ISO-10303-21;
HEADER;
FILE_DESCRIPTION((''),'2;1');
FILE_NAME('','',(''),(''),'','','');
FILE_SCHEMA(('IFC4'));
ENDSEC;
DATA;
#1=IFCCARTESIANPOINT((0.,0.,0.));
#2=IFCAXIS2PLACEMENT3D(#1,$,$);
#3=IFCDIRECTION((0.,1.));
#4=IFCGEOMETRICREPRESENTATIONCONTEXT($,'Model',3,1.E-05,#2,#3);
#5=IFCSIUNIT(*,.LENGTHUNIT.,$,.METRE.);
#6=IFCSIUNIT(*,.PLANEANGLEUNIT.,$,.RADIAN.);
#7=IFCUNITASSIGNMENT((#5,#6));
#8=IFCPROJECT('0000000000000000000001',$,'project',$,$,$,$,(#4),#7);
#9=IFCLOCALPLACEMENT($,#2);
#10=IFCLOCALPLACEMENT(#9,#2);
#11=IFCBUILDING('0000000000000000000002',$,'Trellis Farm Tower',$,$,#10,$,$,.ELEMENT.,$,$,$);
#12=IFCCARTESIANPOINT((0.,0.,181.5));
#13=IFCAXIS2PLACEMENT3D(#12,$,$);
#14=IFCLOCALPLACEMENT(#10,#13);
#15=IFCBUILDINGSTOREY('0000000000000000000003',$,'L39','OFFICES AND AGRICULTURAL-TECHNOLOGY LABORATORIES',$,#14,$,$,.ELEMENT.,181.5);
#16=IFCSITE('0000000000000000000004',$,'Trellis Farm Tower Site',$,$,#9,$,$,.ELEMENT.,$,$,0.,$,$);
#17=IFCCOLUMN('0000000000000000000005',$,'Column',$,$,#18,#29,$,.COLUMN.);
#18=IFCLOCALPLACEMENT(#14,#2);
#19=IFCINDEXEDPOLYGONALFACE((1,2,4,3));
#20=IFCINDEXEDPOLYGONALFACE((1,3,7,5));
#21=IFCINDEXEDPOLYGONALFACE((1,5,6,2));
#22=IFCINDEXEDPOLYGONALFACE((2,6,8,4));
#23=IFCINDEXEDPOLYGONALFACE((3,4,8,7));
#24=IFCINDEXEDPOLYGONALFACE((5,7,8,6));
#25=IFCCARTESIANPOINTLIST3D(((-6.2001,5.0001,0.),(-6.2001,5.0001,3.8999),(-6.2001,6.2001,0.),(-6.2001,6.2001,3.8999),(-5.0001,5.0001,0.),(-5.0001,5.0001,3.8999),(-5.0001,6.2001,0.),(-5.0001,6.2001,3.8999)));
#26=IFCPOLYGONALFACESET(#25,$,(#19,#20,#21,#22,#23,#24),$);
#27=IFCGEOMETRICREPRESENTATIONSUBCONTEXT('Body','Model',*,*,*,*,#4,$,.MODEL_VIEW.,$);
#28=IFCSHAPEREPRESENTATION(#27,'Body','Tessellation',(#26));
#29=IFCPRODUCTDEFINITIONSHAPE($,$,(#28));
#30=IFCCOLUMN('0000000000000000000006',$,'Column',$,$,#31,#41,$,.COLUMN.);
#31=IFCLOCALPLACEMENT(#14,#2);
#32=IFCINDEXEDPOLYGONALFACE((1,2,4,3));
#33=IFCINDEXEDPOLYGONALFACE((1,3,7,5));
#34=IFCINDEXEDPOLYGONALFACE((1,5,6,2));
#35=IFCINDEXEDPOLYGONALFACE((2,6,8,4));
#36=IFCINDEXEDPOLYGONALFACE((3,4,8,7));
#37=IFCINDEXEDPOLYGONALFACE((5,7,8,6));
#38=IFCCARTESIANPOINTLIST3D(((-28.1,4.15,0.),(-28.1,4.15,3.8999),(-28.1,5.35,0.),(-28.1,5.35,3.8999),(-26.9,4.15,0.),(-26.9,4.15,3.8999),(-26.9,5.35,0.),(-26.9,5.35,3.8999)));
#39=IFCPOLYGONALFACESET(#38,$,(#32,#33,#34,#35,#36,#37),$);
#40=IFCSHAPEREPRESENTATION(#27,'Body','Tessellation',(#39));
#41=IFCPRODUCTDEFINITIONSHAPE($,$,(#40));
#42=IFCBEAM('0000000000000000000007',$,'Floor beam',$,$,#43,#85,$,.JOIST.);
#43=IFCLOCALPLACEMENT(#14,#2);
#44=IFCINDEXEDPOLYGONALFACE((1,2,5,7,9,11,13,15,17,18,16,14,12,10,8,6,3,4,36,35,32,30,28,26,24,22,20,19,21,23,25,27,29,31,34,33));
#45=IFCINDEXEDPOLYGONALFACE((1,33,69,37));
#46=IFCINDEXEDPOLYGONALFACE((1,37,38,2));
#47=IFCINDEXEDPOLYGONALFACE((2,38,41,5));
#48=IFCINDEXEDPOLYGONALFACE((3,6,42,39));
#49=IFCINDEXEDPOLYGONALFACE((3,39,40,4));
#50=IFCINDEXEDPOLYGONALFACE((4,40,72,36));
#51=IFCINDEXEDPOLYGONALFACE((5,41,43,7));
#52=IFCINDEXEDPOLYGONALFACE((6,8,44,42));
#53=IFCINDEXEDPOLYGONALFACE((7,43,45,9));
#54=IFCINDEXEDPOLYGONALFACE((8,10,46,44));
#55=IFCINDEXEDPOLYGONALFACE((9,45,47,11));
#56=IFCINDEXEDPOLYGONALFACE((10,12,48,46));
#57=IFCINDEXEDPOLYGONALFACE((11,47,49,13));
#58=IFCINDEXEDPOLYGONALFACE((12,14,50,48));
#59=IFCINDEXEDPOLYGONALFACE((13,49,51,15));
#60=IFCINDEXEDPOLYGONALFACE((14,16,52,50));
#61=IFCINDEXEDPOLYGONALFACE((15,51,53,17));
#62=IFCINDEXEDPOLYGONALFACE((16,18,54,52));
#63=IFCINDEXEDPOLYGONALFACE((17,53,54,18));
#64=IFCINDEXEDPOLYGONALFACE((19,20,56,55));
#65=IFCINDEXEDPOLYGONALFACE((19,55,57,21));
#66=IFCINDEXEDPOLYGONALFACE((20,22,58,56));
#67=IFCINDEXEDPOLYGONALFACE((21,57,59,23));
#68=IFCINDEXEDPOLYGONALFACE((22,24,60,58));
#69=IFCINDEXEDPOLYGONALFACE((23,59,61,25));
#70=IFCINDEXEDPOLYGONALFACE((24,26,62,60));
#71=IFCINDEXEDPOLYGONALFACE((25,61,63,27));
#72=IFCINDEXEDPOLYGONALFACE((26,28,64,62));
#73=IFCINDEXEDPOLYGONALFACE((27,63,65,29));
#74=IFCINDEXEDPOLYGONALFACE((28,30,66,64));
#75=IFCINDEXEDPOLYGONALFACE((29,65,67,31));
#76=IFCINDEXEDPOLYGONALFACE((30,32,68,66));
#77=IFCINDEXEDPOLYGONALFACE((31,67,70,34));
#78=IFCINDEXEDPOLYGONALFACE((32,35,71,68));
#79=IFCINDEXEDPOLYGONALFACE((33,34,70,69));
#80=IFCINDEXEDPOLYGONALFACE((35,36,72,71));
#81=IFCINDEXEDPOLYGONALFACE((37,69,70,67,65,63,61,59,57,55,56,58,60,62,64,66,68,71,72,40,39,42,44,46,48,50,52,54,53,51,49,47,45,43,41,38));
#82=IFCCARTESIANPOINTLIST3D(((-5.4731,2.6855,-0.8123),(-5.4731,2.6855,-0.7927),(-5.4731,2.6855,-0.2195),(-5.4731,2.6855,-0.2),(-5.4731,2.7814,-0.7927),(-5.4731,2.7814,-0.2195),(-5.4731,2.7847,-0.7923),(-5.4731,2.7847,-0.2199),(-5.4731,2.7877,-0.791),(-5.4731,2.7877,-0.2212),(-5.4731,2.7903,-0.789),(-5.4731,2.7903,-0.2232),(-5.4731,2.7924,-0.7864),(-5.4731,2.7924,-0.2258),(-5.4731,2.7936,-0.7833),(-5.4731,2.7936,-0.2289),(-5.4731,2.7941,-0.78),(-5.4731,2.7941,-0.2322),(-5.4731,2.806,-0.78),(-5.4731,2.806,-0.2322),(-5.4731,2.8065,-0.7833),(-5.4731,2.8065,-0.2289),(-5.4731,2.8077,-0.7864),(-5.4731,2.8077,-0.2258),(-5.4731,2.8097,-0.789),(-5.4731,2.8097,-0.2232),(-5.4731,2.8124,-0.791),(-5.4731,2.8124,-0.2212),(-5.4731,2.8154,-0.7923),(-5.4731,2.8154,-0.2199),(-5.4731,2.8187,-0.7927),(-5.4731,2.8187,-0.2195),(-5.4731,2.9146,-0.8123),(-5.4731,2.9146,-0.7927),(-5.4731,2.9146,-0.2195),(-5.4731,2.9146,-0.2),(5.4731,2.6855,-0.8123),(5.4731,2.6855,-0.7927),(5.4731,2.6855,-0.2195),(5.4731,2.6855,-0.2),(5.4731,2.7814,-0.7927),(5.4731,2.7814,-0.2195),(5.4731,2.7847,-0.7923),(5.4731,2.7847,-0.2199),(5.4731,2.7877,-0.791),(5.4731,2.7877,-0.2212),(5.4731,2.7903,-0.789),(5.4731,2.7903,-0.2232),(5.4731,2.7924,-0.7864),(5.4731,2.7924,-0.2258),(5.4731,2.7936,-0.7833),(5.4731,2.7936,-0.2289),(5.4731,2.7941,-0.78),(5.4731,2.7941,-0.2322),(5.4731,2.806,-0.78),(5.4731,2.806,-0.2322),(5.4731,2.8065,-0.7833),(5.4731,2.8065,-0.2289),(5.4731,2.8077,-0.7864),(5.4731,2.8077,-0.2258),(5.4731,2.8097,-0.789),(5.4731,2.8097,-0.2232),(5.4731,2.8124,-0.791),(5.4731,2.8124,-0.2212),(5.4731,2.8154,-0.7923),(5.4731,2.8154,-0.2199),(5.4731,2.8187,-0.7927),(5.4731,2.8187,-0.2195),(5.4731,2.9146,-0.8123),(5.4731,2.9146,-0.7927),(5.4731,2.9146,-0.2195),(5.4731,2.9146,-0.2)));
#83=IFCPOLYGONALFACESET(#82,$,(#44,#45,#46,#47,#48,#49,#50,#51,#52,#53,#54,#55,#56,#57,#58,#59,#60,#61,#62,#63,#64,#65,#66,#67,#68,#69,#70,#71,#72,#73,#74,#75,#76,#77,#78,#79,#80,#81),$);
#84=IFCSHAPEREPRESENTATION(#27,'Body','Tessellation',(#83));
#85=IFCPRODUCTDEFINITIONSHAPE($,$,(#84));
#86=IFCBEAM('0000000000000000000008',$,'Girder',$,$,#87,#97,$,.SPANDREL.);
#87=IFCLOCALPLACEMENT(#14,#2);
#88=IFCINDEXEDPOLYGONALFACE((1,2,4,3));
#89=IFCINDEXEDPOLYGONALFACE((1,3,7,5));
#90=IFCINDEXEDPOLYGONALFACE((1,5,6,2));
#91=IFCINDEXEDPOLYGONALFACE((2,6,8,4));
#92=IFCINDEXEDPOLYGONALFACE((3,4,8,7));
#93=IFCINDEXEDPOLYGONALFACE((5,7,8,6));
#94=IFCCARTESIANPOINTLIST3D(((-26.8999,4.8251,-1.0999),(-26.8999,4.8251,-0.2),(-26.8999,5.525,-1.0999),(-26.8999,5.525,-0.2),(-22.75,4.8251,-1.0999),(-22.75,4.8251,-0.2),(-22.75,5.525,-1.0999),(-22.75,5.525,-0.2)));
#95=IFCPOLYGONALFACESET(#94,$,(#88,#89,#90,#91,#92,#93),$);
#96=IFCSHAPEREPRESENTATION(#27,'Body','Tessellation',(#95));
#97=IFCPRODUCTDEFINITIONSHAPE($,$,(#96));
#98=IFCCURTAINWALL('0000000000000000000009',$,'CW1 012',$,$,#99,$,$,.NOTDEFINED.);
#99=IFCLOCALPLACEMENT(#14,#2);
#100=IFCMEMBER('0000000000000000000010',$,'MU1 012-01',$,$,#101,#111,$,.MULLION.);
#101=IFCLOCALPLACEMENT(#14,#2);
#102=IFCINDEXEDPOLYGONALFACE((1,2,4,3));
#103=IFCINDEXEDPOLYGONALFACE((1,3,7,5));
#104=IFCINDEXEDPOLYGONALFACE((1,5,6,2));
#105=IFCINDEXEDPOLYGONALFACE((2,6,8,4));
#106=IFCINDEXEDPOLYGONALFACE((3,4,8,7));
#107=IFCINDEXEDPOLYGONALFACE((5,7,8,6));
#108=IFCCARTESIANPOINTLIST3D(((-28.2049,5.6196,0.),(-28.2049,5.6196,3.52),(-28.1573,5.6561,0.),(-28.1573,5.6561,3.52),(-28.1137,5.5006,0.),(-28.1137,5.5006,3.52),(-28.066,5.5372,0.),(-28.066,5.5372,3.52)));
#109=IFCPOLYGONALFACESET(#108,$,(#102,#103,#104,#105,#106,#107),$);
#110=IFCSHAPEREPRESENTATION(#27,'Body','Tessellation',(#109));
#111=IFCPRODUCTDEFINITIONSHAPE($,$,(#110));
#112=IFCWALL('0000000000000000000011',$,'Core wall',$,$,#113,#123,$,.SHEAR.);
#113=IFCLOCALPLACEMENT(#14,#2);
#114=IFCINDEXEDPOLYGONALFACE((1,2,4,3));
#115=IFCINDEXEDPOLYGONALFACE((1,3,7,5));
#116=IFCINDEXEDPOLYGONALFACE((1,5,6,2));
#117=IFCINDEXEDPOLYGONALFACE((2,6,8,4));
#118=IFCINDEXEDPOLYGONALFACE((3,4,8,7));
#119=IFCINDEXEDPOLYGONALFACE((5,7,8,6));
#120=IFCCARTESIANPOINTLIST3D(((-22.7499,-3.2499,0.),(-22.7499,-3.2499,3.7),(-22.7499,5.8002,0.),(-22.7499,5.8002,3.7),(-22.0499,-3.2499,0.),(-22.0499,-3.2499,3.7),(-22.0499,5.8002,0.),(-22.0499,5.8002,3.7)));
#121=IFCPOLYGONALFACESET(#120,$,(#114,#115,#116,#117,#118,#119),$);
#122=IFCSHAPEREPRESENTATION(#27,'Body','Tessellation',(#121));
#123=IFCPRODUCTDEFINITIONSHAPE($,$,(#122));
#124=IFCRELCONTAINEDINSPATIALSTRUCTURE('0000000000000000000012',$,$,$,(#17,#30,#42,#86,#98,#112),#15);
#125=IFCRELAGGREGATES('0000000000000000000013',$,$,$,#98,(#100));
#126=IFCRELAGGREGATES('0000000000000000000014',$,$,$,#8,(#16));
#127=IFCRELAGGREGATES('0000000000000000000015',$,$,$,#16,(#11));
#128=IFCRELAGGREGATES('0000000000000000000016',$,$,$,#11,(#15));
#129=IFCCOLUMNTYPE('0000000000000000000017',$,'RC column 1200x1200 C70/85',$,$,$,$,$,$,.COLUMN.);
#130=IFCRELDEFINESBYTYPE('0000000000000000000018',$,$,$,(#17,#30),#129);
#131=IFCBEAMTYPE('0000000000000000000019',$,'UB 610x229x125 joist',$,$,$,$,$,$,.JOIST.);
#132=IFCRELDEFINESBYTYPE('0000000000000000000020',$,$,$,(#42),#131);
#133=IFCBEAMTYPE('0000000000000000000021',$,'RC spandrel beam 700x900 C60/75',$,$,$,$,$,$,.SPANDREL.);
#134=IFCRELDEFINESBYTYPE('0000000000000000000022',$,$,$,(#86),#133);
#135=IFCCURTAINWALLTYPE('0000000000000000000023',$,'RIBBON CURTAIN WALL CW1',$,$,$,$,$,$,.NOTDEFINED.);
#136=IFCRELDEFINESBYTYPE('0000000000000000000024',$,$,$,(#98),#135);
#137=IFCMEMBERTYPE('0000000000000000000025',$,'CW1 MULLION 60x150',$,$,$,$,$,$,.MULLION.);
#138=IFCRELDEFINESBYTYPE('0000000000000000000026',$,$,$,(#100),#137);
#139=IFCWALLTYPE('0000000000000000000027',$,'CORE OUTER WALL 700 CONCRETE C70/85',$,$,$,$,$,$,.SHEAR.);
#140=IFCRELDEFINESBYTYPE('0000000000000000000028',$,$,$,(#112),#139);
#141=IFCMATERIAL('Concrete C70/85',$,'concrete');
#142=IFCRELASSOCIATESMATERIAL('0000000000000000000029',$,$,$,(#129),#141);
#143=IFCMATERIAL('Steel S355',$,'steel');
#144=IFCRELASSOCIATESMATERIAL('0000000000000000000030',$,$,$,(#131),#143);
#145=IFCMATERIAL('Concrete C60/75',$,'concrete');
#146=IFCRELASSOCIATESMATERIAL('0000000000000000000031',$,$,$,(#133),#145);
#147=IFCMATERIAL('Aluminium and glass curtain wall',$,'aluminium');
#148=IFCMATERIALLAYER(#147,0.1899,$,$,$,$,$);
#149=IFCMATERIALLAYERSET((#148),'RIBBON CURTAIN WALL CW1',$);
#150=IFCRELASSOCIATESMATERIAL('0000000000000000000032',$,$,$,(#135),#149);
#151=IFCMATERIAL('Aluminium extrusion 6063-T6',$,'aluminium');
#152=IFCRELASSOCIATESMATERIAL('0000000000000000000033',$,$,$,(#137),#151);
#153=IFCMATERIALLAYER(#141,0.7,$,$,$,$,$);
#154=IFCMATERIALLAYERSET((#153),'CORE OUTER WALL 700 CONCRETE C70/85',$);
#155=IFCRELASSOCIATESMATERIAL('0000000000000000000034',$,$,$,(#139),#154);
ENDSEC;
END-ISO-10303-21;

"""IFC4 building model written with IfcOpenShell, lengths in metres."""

from ifc_helpers import new_model, si_unit, direction, frame, frame_2d, origin, origin_2d, place, context, subcontext, project, spatial, rectangle, i_section, extrude, source, transform, mapped, material, layer, layer_set, material_profile, profile_set, type_object, element, aggregate, save


model = new_model("IFC4")

# Units and contexts
model_context = context("Model", 3, precision=1e-05, world=origin(), true_north=direction((0.0, 1.0)))
body_context = subcontext(model_context, "Body", "Model", "MODEL_VIEW")
ifc_project = project(units=[si_unit("LENGTHUNIT", "METRE"), si_unit("PLANEANGLEUNIT", "RADIAN")], contexts=[model_context])

# Site, building, storey
site_placement = place(None, origin())
site = spatial("IfcSite", under=ifc_project, at=site_placement, Name="Trellis Farm Tower Site", CompositionType="ELEMENT", RefElevation=0.0)
building_placement = place(site_placement, origin())
building = spatial("IfcBuilding", under=site, at=building_placement, Name="Trellis Farm Tower", CompositionType="ELEMENT")
storey_placement = place(building_placement, frame((0.0, 0.0, 181.5)))
storey = spatial("IfcBuildingStorey", under=building, at=storey_placement, Name="L39", Description="OFFICES AND AGRICULTURAL-TECHNOLOGY LABORATORIES", CompositionType="ELEMENT", Elevation=181.5)

# Columns
ifc_material_1 = material(Name="Concrete C70/85", Category="concrete")
ifc_material_profile_1 = material_profile(ifc_material_1, rectangle(XDim=1.2, YDim=1.2, at=origin_2d()), Name="RC column 1200x1200 C70/85")
ifc_profile_set_1 = profile_set([ifc_material_profile_1], Name="Concrete C70/85")
column_type = type_object("IfcColumnType", Name="RC column 1200x1200 C70/85", PredefinedType="COLUMN", material=ifc_profile_set_1)
shared_shape_1 = source(origin(), body_context, "Body", "SweptSolid", [
    extrude(rectangle(XDim=1.2, YDim=1.2, at=origin_2d()), origin(), (0.0, 0.0, 1.0), 3.8999),
])
for number, where, z_axis, x_axis, name in (
    (1, (-5.6001, 5.6001, 0.0), (0.0, 0.0, 1.0), (1.0, 0.0, 0.0), "Column"),
    (2, (-27.5, 4.75, 0.0), (0.0, 0.0, 1.0), (1.0, 0.0, 0.0), "Column"),
):
    element("IfcColumn", number, at=place(storey_placement, frame(where, z_axis=z_axis, x_axis=x_axis)), inside=storey, type_object=column_type, Name=name, PredefinedType="COLUMN", context=body_context, shape_type="MappedRepresentation", body=[
        mapped(shared_shape_1, transform((0.0, 0.0, 0.0))),
    ])

# Beams
ifc_material_2 = material(Name="Steel S355", Category="steel")
ifc_material_profile_2 = material_profile(ifc_material_2, i_section(OverallWidth=0.229, OverallDepth=0.6123, WebThickness=0.012, FlangeThickness=0.0195, FilletRadius=0.0127, at=origin_2d()), Name="UB 610x229x125")
ifc_profile_set_2 = profile_set([ifc_material_profile_2], Name="Steel S355")
beam_type_1 = type_object("IfcBeamType", Name="UB 610x229x125 joist", PredefinedType="JOIST", material=ifc_profile_set_2)
shared_shape_2 = source(origin(), body_context, "Body", "SweptSolid", [
    extrude(i_section(OverallWidth=0.229, OverallDepth=0.6123, WebThickness=0.012, FlangeThickness=0.0195, FilletRadius=0.0127, at=origin_2d()), origin(), (0.0, 0.0, 1.0), 10.9463),
])
beam_1_placement = place(storey_placement, frame((-5.4731, 2.8, -0.5061), z_axis=(1.0, 0.0, 0.0), x_axis=(0.0, 1.0, 0.0)))
element("IfcBeam", 3, at=beam_1_placement, inside=storey, type_object=beam_type_1, Name="Floor beam", PredefinedType="JOIST", context=body_context, shape_type="MappedRepresentation", body=[
    mapped(shared_shape_2, transform((0.0, 0.0, 0.0))),
])
ifc_material_3 = material(Name="Concrete C60/75", Category="concrete")
ifc_material_profile_3 = material_profile(ifc_material_3, rectangle(XDim=0.7, YDim=0.8999, at=origin_2d()), Name="RC spandrel beam 700x900 C60/75")
ifc_profile_set_3 = profile_set([ifc_material_profile_3], Name="Concrete C60/75")
beam_type_2 = type_object("IfcBeamType", Name="RC spandrel beam 700x900 C60/75", PredefinedType="SPANDREL", material=ifc_profile_set_3)
shared_shape_3 = source(origin(), body_context, "Body", "SweptSolid", [
    extrude(rectangle(XDim=0.7, YDim=0.8999, at=origin_2d()), origin(), (0.0, 0.0, 1.0), 4.1499),
])
beam_2_placement = place(storey_placement, frame((-26.8999, 5.175, -0.6499), z_axis=(1.0, 0.0, 0.0), x_axis=(0.0, 1.0, 0.0)))
element("IfcBeam", 4, at=beam_2_placement, inside=storey, type_object=beam_type_2, Name="Girder", PredefinedType="SPANDREL", context=body_context, shape_type="MappedRepresentation", body=[
    mapped(shared_shape_3, transform((0.0, 0.0, 0.0))),
])

# Curtain wall, member
ifc_material_4 = material(Name="Aluminium and glass curtain wall", Category="aluminium")
ifc_layer_1 = layer(ifc_material_4, 0.1899)
ifc_layer_set_1 = layer_set([ifc_layer_1], Name="RIBBON CURTAIN WALL CW1")
curtain_wall_type = type_object("IfcCurtainWallType", Name="RIBBON CURTAIN WALL CW1", PredefinedType="NOTDEFINED", material=ifc_layer_set_1)
placement = place(storey_placement, origin())
curtain_wall = element("IfcCurtainWall", 5, at=placement, inside=storey, type_object=curtain_wall_type, Name="CW1 012", PredefinedType="NOTDEFINED")
ifc_material_5 = material(Name="Aluminium extrusion 6063-T6", Category="aluminium")
ifc_material_profile_4 = material_profile(ifc_material_5, rectangle(XDim=0.0601, YDim=0.1499, at=origin_2d()), Name="MULLION 60x150")
ifc_profile_set_4 = profile_set([ifc_material_profile_4], Name="Aluminium extrusion 6063-T6")
member_type = type_object("IfcMemberType", Name="CW1 MULLION 60x150", PredefinedType="MULLION", material=ifc_profile_set_4)
shared_shape_4 = source(origin(), body_context, "Body", "SweptSolid", [
    extrude(rectangle(XDim=0.0601, YDim=0.1499, at=origin_2d()), origin(), (0.0, 0.0, 1.0), 3.52),
])
member_placement = place(storey_placement, frame((-28.1355, 5.5784, 0.0), z_axis=(0.0, 0.0, 1.0), x_axis=(-0.793353, -0.608761, 0.0)))
member = element("IfcMember", 6, at=member_placement, type_object=member_type, Name="MU1 012-01", PredefinedType="MULLION", context=body_context, shape_type="MappedRepresentation", body=[
    mapped(shared_shape_4, transform((0.0, 0.0, 0.0))),
])
aggregate(curtain_wall, [member])

# Wall
ifc_layer_2 = layer(ifc_material_1, 0.7)
ifc_layer_set_2 = layer_set([ifc_layer_2], Name="CORE OUTER WALL 700 CONCRETE C70/85")
wall_type_1 = type_object("IfcWallType", Name="CORE OUTER WALL 700 CONCRETE C70/85", PredefinedType="SHEAR", material=ifc_layer_set_2)
shared_shape_5 = source(origin(), body_context, "Body", "SweptSolid", [
    extrude(rectangle(XDim=9.05, YDim=0.7, at=frame_2d((4.5249, 0.0))), origin(), (0.0, 0.0, 1.0), 3.7),
])
wall_1_placement = place(storey_placement, frame((-22.3999, 5.8, 0.0), z_axis=(0.0, 0.0, 1.0), x_axis=(0.0, -1.0, 0.0)))
element("IfcWall", 7, at=wall_1_placement, inside=storey, type_object=wall_type_1, Name="Core wall", PredefinedType="SHEAR", context=body_context, shape_type="MappedRepresentation", body=[
    mapped(shared_shape_5, transform((0.0, 0.0, 0.0))),
])

save(model, "model.ifc")
